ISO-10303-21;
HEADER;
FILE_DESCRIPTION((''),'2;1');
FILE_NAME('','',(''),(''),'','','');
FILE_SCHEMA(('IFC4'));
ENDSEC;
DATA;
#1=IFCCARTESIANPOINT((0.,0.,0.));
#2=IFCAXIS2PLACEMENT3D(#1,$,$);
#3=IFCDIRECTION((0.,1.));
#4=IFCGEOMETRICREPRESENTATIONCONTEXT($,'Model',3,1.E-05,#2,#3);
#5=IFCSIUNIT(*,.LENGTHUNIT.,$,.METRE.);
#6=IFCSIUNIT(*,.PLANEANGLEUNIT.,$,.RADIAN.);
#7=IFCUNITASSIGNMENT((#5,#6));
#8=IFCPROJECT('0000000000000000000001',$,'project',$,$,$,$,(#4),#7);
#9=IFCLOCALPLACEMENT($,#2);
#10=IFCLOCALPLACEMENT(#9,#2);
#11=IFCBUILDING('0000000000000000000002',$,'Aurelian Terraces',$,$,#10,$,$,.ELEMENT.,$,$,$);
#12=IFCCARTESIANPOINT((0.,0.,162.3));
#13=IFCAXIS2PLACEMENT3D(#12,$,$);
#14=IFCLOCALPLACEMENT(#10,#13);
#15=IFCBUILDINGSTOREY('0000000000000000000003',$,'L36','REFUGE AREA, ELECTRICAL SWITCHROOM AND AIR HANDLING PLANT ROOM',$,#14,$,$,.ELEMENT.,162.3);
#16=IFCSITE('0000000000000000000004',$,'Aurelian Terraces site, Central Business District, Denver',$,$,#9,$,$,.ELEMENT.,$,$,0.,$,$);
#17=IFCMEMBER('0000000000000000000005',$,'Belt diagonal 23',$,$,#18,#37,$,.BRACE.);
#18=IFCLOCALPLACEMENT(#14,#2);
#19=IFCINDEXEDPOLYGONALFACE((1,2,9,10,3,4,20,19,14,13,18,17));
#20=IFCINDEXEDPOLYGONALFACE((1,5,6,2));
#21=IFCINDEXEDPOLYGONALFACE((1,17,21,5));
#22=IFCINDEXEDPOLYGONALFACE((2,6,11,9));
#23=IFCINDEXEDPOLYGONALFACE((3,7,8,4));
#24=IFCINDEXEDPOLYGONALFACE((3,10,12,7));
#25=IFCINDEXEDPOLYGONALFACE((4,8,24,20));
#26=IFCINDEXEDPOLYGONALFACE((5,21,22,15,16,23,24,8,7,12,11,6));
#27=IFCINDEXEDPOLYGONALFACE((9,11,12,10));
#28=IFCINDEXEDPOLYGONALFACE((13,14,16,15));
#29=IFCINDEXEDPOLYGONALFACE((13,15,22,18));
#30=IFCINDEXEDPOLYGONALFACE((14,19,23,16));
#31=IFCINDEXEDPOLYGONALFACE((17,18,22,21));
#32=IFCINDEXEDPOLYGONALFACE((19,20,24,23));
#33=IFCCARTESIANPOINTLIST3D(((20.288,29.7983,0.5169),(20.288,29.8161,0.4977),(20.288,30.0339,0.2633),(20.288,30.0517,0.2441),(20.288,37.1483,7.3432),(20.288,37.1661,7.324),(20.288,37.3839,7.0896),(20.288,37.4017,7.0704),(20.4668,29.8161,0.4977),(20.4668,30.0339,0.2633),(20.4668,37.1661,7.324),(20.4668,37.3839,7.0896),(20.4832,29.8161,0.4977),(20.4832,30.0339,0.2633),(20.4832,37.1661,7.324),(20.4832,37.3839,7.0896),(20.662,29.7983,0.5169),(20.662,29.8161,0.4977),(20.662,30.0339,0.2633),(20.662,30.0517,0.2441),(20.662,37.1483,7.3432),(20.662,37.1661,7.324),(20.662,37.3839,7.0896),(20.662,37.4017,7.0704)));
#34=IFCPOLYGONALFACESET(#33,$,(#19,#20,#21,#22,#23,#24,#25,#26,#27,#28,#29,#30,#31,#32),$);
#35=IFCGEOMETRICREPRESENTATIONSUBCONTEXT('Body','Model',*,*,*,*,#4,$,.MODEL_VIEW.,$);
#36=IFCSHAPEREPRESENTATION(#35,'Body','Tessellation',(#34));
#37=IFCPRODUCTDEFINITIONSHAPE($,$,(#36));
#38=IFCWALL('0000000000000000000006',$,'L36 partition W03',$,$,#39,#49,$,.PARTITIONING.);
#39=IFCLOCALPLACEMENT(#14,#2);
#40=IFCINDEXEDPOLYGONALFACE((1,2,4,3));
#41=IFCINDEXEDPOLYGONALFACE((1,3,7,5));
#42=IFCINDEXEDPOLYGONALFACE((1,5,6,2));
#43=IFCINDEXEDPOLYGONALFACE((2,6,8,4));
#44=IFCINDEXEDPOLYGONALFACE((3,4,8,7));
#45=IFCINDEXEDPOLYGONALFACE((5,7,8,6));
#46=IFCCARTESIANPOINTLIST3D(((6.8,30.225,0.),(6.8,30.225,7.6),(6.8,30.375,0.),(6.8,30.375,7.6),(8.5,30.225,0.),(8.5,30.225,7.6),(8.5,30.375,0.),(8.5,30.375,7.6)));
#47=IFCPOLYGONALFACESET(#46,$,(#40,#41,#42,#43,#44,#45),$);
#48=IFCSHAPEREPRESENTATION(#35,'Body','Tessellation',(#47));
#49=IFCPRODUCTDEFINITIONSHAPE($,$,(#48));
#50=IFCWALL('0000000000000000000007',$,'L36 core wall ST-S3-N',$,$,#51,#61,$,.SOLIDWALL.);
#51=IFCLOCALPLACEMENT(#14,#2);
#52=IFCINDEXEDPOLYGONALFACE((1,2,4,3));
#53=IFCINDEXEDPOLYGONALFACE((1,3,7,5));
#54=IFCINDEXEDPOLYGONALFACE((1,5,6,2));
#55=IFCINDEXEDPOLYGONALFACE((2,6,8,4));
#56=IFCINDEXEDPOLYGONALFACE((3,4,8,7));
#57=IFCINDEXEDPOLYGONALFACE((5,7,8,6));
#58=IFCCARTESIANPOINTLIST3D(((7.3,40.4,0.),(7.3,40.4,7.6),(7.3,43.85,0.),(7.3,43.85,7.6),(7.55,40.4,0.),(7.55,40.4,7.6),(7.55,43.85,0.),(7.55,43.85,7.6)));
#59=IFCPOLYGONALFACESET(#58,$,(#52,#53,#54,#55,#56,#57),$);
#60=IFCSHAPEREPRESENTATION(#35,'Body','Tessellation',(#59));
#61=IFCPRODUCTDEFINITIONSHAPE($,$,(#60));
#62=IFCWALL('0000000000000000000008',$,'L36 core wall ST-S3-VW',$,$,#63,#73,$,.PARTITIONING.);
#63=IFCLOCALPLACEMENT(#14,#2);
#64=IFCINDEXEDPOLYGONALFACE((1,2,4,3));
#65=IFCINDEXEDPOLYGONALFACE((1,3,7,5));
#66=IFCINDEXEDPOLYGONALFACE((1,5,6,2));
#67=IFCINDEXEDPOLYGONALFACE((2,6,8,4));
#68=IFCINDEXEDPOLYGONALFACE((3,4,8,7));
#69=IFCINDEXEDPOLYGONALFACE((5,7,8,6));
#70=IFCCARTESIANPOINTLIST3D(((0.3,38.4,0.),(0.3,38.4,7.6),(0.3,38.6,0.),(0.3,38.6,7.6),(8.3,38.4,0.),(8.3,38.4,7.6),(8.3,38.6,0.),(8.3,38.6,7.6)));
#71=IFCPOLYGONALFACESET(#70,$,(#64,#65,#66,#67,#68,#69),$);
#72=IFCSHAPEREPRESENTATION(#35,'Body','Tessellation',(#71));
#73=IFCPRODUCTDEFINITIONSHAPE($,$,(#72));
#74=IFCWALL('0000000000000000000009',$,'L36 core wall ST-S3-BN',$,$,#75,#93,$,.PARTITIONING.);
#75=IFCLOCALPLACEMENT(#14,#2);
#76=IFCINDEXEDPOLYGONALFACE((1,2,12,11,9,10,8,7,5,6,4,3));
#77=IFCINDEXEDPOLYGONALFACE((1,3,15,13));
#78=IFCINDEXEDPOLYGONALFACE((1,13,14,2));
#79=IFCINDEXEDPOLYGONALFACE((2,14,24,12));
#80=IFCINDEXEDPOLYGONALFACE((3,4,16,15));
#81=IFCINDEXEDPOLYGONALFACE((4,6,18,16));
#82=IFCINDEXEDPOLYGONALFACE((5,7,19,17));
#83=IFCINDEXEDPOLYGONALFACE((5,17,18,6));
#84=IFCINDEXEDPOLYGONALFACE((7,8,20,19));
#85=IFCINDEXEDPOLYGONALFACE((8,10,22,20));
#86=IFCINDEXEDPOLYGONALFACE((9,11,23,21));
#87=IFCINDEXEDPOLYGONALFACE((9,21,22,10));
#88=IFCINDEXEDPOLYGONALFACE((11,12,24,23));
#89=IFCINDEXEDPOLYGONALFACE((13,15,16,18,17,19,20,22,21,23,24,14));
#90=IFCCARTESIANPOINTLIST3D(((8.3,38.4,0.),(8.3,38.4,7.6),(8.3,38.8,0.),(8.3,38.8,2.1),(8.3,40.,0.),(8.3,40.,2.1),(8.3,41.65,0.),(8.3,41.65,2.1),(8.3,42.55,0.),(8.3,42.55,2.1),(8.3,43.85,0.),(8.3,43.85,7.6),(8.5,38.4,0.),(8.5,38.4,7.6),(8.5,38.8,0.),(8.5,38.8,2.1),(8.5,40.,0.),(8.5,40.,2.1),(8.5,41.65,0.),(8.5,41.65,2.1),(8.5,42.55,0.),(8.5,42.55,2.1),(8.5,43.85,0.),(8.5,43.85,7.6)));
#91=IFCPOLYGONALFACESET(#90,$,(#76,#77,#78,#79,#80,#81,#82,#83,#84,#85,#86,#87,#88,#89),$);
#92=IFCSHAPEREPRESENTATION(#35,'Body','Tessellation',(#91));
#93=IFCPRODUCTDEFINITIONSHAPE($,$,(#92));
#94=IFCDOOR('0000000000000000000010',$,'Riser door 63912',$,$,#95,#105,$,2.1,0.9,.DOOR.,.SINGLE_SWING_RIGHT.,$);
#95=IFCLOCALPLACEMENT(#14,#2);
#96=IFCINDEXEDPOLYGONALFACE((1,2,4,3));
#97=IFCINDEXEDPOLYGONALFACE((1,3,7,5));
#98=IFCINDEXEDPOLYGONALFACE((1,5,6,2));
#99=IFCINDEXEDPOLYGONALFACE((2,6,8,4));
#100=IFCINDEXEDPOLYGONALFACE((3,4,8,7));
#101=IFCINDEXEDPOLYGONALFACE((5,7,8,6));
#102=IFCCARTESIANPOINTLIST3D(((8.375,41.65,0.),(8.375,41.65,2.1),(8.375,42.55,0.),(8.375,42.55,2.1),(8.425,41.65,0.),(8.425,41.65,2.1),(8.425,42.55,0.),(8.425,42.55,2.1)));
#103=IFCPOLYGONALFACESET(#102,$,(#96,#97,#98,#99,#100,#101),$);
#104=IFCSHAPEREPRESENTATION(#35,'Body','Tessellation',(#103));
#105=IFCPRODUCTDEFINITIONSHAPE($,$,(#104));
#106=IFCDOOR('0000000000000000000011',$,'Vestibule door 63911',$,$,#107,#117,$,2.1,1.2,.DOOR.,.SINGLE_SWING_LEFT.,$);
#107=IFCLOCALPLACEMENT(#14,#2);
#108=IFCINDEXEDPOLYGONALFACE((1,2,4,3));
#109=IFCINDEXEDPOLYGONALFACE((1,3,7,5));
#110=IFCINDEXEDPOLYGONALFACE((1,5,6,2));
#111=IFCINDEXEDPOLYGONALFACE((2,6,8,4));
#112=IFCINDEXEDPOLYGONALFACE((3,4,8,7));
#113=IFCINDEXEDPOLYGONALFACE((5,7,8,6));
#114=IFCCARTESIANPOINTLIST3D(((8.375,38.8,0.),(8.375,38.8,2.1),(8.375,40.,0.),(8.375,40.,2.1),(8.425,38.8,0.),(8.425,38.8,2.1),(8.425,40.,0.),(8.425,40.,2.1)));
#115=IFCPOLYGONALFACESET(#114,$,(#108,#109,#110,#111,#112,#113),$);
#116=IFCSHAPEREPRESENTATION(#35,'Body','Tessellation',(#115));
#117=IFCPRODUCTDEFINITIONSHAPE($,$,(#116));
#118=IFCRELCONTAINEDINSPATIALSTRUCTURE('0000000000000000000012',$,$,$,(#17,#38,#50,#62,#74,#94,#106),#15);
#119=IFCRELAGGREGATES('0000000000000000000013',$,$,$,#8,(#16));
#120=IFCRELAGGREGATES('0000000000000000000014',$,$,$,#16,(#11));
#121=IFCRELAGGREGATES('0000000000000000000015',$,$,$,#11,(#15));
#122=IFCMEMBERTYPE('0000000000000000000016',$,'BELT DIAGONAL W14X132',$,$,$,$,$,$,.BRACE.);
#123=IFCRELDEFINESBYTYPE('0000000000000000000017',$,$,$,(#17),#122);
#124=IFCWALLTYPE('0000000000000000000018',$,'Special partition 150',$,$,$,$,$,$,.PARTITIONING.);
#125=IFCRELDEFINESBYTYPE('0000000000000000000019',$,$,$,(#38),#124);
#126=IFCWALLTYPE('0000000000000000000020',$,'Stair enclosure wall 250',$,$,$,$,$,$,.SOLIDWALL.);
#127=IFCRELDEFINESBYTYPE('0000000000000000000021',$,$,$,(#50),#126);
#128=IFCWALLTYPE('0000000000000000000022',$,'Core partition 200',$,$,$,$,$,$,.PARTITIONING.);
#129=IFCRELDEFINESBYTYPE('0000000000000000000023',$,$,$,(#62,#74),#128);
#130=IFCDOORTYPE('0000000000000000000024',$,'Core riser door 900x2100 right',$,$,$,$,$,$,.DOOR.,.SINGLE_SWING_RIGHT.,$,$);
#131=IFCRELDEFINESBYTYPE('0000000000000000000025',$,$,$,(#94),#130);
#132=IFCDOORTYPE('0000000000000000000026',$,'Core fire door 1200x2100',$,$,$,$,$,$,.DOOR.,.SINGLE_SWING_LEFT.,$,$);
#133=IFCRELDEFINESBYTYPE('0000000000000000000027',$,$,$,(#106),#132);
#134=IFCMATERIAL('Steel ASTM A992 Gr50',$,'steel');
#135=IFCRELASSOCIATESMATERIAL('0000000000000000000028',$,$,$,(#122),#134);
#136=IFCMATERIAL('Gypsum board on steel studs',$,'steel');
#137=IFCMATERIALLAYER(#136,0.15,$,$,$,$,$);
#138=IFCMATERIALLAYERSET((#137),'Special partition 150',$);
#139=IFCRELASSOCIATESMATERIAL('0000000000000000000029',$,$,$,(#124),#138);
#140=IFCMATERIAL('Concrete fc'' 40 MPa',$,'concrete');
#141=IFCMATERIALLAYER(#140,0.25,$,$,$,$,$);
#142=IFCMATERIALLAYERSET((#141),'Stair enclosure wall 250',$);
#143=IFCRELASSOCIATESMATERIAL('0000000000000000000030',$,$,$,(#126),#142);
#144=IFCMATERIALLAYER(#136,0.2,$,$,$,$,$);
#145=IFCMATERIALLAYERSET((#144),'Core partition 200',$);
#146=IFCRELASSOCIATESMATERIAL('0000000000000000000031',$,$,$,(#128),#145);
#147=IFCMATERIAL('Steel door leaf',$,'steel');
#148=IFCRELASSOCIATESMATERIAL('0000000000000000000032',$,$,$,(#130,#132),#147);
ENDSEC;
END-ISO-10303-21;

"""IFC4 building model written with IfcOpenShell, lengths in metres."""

from ifc_helpers import new_model, si_unit, direction, frame, frame_2d, origin, origin_2d, place, context, subcontext, project, spatial, rectangle, i_section, extrude, source, transform, mapped, material, layer, layer_set, material_profile, profile_set, type_object, element, fill, save


model = new_model("IFC4")

# Units and contexts
model_context = context("Model", 3, precision=1e-05, world=origin(), true_north=direction((0.0, 1.0)))
body_context = subcontext(model_context, "Body", "Model", "MODEL_VIEW")
ifc_project = project(units=[si_unit("LENGTHUNIT", "METRE"), si_unit("PLANEANGLEUNIT", "RADIAN")], contexts=[model_context])

# Site, building, storey
site_placement = place(None, origin())
site = spatial("IfcSite", under=ifc_project, at=site_placement, Name="Aurelian Terraces site, Central Business District, Denver", CompositionType="ELEMENT", RefElevation=0.0)
building_placement = place(site_placement, origin())
building = spatial("IfcBuilding", under=site, at=building_placement, Name="Aurelian Terraces", CompositionType="ELEMENT")
storey_placement = place(building_placement, frame((0.0, 0.0, 162.3)))
storey = spatial("IfcBuildingStorey", under=building, at=storey_placement, Name="L36", Description="REFUGE AREA, ELECTRICAL SWITCHROOM AND AIR HANDLING PLANT ROOM", CompositionType="ELEMENT", Elevation=162.3)

# Shared definitions
ifc_material_1 = material(Name="Steel ASTM A992 Gr50", Category="steel")

# Member
ifc_material_profile_1 = material_profile(ifc_material_1, i_section(OverallWidth=0.374, OverallDepth=0.3724, WebThickness=0.0164, FlangeThickness=0.0262, at=origin_2d()))
ifc_profile_set_1 = profile_set([ifc_material_profile_1], Name="Steel ASTM A992 Gr50")
member_type_1 = type_object("IfcMemberType", Name="BELT DIAGONAL W14X132", PredefinedType="BRACE", material=ifc_profile_set_1)
shared_shape_1 = source(origin(), body_context, "Body", "SweptSolid", [
    extrude(i_section(OverallWidth=0.374, OverallDepth=0.3724, WebThickness=0.0164, FlangeThickness=0.0262, at=origin_2d()), origin(), (0.0, 0.0, 1.0), 10.031),
])
member_1_placement = place(storey_placement, frame((20.475, 29.925, 0.3805), z_axis=(0.0, 0.732729, 0.680521), x_axis=(-1.0, 0.0, 0.0)))
element("IfcMember", 1, at=member_1_placement, inside=storey, type_object=member_type_1, Name="Belt diagonal 23", PredefinedType="BRACE", context=body_context, shape_type="MappedRepresentation", body=[
    mapped(shared_shape_1, transform((0.0, 0.0, 0.0), scale=1.0)),
])

# Walls
ifc_material_2 = material(Name="Gypsum board on steel studs", Category="steel")
ifc_layer_1 = layer(ifc_material_2, 0.15)
ifc_layer_set_1 = layer_set([ifc_layer_1], Name="Special partition 150")
wall_type_1 = type_object("IfcWallType", Name="Special partition 150", PredefinedType="PARTITIONING", material=ifc_layer_set_1)
wall_1_placement = place(storey_placement, frame((6.8, 30.3, 0.0), z_axis=(0.0, 0.0, 1.0), x_axis=(1.0, 0.0, 0.0)))
element("IfcWall", 2, at=wall_1_placement, inside=storey, type_object=wall_type_1, Name="L36 partition W03", PredefinedType="PARTITIONING", context=body_context, shape_type="SweptSolid", body=[
    extrude(rectangle(XDim=1.7, YDim=0.15, at=frame_2d((0.85, 0.0))), origin(), (0.0, 0.0, 1.0), 7.6),
])
ifc_material_3 = material(Name="Concrete fc' 40 MPa", Category="concrete")
ifc_layer_2 = layer(ifc_material_3, 0.25)
ifc_layer_set_2 = layer_set([ifc_layer_2], Name="Stair enclosure wall 250")
wall_type_2 = type_object("IfcWallType", Name="Stair enclosure wall 250", PredefinedType="SOLIDWALL", material=ifc_layer_set_2)
shared_shape_2 = source(origin(), body_context, "Body", "SweptSolid", [
    extrude(rectangle(XDim=3.45, YDim=0.25, at=frame_2d((1.725, 0.0))), origin(), (0.0, 0.0, 1.0), 7.6),
])
wall_2_placement = place(storey_placement, frame((7.425, 40.4, 0.0), z_axis=(0.0, 0.0, 1.0), x_axis=(0.0, 1.0, 0.0)))
element("IfcWall", 3, at=wall_2_placement, inside=storey, type_object=wall_type_2, Name="L36 core wall ST-S3-N", PredefinedType="SOLIDWALL", context=body_context, shape_type="MappedRepresentation", body=[
    mapped(shared_shape_2, transform((0.0, 0.0, 0.0), scale=1.0)),
])
ifc_layer_3 = layer(ifc_material_2, 0.2)
ifc_layer_set_3 = layer_set([ifc_layer_3], Name="Core partition 200")
wall_type_3 = type_object("IfcWallType", Name="Core partition 200", PredefinedType="PARTITIONING", material=ifc_layer_set_3)
shared_shape_3 = source(origin(), body_context, "Body", "SweptSolid", [
    extrude(rectangle(XDim=8.0, YDim=0.2, at=frame_2d((4.0, 0.0))), origin(), (0.0, 0.0, 1.0), 7.6),
])
wall_3_placement = place(storey_placement, frame((0.3, 38.5, 0.0), z_axis=(0.0, 0.0, 1.0), x_axis=(1.0, 0.0, 0.0)))
element("IfcWall", 4, at=wall_3_placement, inside=storey, type_object=wall_type_3, Name="L36 core wall ST-S3-VW", PredefinedType="PARTITIONING", context=body_context, shape_type="MappedRepresentation", body=[
    mapped(shared_shape_3, transform((0.0, 0.0, 0.0), scale=1.0)),
])

# Wall, openings, doors
shared_shape_4 = source(origin(), body_context, "Body", "SweptSolid", [
    extrude(rectangle(XDim=5.45, YDim=0.2, at=frame_2d((2.725, 0.0))), origin(), (0.0, 0.0, 1.0), 7.6),
])
wall_4_placement = place(storey_placement, frame((8.4, 38.4, 0.0), z_axis=(0.0, 0.0, 1.0), x_axis=(0.0, 1.0, 0.0)))
wall_4 = element("IfcWall", 5, at=wall_4_placement, inside=storey, type_object=wall_type_3, Name="L36 core wall ST-S3-BN", PredefinedType="PARTITIONING", context=body_context, shape_type="MappedRepresentation", body=[
    mapped(shared_shape_4, transform((0.0, 0.0, 0.0), scale=1.0)),
])
shared_shape_5 = source(origin(), body_context, "Body", "SweptSolid", [
    extrude(rectangle(XDim=1.2, YDim=2.1, at=frame_2d((0.6, 1.05))), frame((0.0, 0.11, 0.0), z_axis=(0.0, -1.0, 0.0), x_axis=(1.0, 0.0, 0.0)), (0.0, 0.0, 1.0), 0.22),
])
opening_1_placement = place(wall_4_placement, frame((0.4, 0.0, 0.0)))
opening_1 = element("IfcOpeningElement", 6, at=opening_1_placement, cuts=wall_4, PredefinedType="OPENING", context=body_context, shape_type="MappedRepresentation", body=[
    mapped(shared_shape_5, transform((0.0, 0.0, 0.0), scale=1.0)),
])
shared_shape_6 = source(origin(), body_context, "Body", "SweptSolid", [
    extrude(rectangle(XDim=0.9, YDim=2.1, at=frame_2d((0.45, 1.05))), frame((0.0, 0.11, 0.0), z_axis=(0.0, -1.0, 0.0), x_axis=(1.0, 0.0, 0.0)), (0.0, 0.0, 1.0), 0.22),
])
opening_2_placement = place(wall_4_placement, frame((3.25, 0.0, 0.0)))
opening_2 = element("IfcOpeningElement", 7, at=opening_2_placement, cuts=wall_4, PredefinedType="OPENING", context=body_context, shape_type="MappedRepresentation", body=[
    mapped(shared_shape_6, transform((0.0, 0.0, 0.0), scale=1.0)),
])
ifc_material_4 = material(Name="Steel door leaf", Category="steel")
door_type_1 = type_object("IfcDoorType", Name="Core riser door 900x2100 right", OperationType="SINGLE_SWING_RIGHT", PredefinedType="DOOR", material=ifc_material_4)
shared_shape_7 = source(origin(), body_context, "Body", "SweptSolid", [
    extrude(rectangle(XDim=0.9, YDim=2.1, at=frame_2d((0.45, 1.05))), frame((0.0, 0.025, 0.0), z_axis=(0.0, -1.0, 0.0), x_axis=(1.0, 0.0, 0.0)), (0.0, 0.0, 1.0), 0.05),
])
door_1_placement = place(opening_2_placement, origin())
door_1 = element("IfcDoor", 8, at=door_1_placement, inside=storey, type_object=door_type_1, Name="Riser door 63912", OperationType="SINGLE_SWING_RIGHT", OverallHeight=2.1, OverallWidth=0.9, PredefinedType="DOOR", context=body_context, shape_type="MappedRepresentation", body=[
    mapped(shared_shape_7, transform((0.0, 0.0, 0.0), scale=1.0)),
])
fill(opening_2, door_1)
door_type_2 = type_object("IfcDoorType", Name="Core fire door 1200x2100", OperationType="SINGLE_SWING_LEFT", PredefinedType="DOOR", material=ifc_material_4)
shared_shape_8 = source(origin(), body_context, "Body", "SweptSolid", [
    extrude(rectangle(XDim=1.2, YDim=2.1, at=frame_2d((0.6, 1.05))), frame((0.0, 0.025, 0.0), z_axis=(0.0, -1.0, 0.0), x_axis=(1.0, 0.0, 0.0)), (0.0, 0.0, 1.0), 0.05),
])
door_2_placement = place(opening_1_placement, origin())
door_2 = element("IfcDoor", 9, at=door_2_placement, inside=storey, type_object=door_type_2, Name="Vestibule door 63911", OperationType="SINGLE_SWING_LEFT", OverallHeight=2.1, OverallWidth=1.2, PredefinedType="DOOR", context=body_context, shape_type="MappedRepresentation", body=[
    mapped(shared_shape_8, transform((0.0, 0.0, 0.0), scale=1.0)),
])
fill(opening_1, door_2)

save(model, "model.ifc")
